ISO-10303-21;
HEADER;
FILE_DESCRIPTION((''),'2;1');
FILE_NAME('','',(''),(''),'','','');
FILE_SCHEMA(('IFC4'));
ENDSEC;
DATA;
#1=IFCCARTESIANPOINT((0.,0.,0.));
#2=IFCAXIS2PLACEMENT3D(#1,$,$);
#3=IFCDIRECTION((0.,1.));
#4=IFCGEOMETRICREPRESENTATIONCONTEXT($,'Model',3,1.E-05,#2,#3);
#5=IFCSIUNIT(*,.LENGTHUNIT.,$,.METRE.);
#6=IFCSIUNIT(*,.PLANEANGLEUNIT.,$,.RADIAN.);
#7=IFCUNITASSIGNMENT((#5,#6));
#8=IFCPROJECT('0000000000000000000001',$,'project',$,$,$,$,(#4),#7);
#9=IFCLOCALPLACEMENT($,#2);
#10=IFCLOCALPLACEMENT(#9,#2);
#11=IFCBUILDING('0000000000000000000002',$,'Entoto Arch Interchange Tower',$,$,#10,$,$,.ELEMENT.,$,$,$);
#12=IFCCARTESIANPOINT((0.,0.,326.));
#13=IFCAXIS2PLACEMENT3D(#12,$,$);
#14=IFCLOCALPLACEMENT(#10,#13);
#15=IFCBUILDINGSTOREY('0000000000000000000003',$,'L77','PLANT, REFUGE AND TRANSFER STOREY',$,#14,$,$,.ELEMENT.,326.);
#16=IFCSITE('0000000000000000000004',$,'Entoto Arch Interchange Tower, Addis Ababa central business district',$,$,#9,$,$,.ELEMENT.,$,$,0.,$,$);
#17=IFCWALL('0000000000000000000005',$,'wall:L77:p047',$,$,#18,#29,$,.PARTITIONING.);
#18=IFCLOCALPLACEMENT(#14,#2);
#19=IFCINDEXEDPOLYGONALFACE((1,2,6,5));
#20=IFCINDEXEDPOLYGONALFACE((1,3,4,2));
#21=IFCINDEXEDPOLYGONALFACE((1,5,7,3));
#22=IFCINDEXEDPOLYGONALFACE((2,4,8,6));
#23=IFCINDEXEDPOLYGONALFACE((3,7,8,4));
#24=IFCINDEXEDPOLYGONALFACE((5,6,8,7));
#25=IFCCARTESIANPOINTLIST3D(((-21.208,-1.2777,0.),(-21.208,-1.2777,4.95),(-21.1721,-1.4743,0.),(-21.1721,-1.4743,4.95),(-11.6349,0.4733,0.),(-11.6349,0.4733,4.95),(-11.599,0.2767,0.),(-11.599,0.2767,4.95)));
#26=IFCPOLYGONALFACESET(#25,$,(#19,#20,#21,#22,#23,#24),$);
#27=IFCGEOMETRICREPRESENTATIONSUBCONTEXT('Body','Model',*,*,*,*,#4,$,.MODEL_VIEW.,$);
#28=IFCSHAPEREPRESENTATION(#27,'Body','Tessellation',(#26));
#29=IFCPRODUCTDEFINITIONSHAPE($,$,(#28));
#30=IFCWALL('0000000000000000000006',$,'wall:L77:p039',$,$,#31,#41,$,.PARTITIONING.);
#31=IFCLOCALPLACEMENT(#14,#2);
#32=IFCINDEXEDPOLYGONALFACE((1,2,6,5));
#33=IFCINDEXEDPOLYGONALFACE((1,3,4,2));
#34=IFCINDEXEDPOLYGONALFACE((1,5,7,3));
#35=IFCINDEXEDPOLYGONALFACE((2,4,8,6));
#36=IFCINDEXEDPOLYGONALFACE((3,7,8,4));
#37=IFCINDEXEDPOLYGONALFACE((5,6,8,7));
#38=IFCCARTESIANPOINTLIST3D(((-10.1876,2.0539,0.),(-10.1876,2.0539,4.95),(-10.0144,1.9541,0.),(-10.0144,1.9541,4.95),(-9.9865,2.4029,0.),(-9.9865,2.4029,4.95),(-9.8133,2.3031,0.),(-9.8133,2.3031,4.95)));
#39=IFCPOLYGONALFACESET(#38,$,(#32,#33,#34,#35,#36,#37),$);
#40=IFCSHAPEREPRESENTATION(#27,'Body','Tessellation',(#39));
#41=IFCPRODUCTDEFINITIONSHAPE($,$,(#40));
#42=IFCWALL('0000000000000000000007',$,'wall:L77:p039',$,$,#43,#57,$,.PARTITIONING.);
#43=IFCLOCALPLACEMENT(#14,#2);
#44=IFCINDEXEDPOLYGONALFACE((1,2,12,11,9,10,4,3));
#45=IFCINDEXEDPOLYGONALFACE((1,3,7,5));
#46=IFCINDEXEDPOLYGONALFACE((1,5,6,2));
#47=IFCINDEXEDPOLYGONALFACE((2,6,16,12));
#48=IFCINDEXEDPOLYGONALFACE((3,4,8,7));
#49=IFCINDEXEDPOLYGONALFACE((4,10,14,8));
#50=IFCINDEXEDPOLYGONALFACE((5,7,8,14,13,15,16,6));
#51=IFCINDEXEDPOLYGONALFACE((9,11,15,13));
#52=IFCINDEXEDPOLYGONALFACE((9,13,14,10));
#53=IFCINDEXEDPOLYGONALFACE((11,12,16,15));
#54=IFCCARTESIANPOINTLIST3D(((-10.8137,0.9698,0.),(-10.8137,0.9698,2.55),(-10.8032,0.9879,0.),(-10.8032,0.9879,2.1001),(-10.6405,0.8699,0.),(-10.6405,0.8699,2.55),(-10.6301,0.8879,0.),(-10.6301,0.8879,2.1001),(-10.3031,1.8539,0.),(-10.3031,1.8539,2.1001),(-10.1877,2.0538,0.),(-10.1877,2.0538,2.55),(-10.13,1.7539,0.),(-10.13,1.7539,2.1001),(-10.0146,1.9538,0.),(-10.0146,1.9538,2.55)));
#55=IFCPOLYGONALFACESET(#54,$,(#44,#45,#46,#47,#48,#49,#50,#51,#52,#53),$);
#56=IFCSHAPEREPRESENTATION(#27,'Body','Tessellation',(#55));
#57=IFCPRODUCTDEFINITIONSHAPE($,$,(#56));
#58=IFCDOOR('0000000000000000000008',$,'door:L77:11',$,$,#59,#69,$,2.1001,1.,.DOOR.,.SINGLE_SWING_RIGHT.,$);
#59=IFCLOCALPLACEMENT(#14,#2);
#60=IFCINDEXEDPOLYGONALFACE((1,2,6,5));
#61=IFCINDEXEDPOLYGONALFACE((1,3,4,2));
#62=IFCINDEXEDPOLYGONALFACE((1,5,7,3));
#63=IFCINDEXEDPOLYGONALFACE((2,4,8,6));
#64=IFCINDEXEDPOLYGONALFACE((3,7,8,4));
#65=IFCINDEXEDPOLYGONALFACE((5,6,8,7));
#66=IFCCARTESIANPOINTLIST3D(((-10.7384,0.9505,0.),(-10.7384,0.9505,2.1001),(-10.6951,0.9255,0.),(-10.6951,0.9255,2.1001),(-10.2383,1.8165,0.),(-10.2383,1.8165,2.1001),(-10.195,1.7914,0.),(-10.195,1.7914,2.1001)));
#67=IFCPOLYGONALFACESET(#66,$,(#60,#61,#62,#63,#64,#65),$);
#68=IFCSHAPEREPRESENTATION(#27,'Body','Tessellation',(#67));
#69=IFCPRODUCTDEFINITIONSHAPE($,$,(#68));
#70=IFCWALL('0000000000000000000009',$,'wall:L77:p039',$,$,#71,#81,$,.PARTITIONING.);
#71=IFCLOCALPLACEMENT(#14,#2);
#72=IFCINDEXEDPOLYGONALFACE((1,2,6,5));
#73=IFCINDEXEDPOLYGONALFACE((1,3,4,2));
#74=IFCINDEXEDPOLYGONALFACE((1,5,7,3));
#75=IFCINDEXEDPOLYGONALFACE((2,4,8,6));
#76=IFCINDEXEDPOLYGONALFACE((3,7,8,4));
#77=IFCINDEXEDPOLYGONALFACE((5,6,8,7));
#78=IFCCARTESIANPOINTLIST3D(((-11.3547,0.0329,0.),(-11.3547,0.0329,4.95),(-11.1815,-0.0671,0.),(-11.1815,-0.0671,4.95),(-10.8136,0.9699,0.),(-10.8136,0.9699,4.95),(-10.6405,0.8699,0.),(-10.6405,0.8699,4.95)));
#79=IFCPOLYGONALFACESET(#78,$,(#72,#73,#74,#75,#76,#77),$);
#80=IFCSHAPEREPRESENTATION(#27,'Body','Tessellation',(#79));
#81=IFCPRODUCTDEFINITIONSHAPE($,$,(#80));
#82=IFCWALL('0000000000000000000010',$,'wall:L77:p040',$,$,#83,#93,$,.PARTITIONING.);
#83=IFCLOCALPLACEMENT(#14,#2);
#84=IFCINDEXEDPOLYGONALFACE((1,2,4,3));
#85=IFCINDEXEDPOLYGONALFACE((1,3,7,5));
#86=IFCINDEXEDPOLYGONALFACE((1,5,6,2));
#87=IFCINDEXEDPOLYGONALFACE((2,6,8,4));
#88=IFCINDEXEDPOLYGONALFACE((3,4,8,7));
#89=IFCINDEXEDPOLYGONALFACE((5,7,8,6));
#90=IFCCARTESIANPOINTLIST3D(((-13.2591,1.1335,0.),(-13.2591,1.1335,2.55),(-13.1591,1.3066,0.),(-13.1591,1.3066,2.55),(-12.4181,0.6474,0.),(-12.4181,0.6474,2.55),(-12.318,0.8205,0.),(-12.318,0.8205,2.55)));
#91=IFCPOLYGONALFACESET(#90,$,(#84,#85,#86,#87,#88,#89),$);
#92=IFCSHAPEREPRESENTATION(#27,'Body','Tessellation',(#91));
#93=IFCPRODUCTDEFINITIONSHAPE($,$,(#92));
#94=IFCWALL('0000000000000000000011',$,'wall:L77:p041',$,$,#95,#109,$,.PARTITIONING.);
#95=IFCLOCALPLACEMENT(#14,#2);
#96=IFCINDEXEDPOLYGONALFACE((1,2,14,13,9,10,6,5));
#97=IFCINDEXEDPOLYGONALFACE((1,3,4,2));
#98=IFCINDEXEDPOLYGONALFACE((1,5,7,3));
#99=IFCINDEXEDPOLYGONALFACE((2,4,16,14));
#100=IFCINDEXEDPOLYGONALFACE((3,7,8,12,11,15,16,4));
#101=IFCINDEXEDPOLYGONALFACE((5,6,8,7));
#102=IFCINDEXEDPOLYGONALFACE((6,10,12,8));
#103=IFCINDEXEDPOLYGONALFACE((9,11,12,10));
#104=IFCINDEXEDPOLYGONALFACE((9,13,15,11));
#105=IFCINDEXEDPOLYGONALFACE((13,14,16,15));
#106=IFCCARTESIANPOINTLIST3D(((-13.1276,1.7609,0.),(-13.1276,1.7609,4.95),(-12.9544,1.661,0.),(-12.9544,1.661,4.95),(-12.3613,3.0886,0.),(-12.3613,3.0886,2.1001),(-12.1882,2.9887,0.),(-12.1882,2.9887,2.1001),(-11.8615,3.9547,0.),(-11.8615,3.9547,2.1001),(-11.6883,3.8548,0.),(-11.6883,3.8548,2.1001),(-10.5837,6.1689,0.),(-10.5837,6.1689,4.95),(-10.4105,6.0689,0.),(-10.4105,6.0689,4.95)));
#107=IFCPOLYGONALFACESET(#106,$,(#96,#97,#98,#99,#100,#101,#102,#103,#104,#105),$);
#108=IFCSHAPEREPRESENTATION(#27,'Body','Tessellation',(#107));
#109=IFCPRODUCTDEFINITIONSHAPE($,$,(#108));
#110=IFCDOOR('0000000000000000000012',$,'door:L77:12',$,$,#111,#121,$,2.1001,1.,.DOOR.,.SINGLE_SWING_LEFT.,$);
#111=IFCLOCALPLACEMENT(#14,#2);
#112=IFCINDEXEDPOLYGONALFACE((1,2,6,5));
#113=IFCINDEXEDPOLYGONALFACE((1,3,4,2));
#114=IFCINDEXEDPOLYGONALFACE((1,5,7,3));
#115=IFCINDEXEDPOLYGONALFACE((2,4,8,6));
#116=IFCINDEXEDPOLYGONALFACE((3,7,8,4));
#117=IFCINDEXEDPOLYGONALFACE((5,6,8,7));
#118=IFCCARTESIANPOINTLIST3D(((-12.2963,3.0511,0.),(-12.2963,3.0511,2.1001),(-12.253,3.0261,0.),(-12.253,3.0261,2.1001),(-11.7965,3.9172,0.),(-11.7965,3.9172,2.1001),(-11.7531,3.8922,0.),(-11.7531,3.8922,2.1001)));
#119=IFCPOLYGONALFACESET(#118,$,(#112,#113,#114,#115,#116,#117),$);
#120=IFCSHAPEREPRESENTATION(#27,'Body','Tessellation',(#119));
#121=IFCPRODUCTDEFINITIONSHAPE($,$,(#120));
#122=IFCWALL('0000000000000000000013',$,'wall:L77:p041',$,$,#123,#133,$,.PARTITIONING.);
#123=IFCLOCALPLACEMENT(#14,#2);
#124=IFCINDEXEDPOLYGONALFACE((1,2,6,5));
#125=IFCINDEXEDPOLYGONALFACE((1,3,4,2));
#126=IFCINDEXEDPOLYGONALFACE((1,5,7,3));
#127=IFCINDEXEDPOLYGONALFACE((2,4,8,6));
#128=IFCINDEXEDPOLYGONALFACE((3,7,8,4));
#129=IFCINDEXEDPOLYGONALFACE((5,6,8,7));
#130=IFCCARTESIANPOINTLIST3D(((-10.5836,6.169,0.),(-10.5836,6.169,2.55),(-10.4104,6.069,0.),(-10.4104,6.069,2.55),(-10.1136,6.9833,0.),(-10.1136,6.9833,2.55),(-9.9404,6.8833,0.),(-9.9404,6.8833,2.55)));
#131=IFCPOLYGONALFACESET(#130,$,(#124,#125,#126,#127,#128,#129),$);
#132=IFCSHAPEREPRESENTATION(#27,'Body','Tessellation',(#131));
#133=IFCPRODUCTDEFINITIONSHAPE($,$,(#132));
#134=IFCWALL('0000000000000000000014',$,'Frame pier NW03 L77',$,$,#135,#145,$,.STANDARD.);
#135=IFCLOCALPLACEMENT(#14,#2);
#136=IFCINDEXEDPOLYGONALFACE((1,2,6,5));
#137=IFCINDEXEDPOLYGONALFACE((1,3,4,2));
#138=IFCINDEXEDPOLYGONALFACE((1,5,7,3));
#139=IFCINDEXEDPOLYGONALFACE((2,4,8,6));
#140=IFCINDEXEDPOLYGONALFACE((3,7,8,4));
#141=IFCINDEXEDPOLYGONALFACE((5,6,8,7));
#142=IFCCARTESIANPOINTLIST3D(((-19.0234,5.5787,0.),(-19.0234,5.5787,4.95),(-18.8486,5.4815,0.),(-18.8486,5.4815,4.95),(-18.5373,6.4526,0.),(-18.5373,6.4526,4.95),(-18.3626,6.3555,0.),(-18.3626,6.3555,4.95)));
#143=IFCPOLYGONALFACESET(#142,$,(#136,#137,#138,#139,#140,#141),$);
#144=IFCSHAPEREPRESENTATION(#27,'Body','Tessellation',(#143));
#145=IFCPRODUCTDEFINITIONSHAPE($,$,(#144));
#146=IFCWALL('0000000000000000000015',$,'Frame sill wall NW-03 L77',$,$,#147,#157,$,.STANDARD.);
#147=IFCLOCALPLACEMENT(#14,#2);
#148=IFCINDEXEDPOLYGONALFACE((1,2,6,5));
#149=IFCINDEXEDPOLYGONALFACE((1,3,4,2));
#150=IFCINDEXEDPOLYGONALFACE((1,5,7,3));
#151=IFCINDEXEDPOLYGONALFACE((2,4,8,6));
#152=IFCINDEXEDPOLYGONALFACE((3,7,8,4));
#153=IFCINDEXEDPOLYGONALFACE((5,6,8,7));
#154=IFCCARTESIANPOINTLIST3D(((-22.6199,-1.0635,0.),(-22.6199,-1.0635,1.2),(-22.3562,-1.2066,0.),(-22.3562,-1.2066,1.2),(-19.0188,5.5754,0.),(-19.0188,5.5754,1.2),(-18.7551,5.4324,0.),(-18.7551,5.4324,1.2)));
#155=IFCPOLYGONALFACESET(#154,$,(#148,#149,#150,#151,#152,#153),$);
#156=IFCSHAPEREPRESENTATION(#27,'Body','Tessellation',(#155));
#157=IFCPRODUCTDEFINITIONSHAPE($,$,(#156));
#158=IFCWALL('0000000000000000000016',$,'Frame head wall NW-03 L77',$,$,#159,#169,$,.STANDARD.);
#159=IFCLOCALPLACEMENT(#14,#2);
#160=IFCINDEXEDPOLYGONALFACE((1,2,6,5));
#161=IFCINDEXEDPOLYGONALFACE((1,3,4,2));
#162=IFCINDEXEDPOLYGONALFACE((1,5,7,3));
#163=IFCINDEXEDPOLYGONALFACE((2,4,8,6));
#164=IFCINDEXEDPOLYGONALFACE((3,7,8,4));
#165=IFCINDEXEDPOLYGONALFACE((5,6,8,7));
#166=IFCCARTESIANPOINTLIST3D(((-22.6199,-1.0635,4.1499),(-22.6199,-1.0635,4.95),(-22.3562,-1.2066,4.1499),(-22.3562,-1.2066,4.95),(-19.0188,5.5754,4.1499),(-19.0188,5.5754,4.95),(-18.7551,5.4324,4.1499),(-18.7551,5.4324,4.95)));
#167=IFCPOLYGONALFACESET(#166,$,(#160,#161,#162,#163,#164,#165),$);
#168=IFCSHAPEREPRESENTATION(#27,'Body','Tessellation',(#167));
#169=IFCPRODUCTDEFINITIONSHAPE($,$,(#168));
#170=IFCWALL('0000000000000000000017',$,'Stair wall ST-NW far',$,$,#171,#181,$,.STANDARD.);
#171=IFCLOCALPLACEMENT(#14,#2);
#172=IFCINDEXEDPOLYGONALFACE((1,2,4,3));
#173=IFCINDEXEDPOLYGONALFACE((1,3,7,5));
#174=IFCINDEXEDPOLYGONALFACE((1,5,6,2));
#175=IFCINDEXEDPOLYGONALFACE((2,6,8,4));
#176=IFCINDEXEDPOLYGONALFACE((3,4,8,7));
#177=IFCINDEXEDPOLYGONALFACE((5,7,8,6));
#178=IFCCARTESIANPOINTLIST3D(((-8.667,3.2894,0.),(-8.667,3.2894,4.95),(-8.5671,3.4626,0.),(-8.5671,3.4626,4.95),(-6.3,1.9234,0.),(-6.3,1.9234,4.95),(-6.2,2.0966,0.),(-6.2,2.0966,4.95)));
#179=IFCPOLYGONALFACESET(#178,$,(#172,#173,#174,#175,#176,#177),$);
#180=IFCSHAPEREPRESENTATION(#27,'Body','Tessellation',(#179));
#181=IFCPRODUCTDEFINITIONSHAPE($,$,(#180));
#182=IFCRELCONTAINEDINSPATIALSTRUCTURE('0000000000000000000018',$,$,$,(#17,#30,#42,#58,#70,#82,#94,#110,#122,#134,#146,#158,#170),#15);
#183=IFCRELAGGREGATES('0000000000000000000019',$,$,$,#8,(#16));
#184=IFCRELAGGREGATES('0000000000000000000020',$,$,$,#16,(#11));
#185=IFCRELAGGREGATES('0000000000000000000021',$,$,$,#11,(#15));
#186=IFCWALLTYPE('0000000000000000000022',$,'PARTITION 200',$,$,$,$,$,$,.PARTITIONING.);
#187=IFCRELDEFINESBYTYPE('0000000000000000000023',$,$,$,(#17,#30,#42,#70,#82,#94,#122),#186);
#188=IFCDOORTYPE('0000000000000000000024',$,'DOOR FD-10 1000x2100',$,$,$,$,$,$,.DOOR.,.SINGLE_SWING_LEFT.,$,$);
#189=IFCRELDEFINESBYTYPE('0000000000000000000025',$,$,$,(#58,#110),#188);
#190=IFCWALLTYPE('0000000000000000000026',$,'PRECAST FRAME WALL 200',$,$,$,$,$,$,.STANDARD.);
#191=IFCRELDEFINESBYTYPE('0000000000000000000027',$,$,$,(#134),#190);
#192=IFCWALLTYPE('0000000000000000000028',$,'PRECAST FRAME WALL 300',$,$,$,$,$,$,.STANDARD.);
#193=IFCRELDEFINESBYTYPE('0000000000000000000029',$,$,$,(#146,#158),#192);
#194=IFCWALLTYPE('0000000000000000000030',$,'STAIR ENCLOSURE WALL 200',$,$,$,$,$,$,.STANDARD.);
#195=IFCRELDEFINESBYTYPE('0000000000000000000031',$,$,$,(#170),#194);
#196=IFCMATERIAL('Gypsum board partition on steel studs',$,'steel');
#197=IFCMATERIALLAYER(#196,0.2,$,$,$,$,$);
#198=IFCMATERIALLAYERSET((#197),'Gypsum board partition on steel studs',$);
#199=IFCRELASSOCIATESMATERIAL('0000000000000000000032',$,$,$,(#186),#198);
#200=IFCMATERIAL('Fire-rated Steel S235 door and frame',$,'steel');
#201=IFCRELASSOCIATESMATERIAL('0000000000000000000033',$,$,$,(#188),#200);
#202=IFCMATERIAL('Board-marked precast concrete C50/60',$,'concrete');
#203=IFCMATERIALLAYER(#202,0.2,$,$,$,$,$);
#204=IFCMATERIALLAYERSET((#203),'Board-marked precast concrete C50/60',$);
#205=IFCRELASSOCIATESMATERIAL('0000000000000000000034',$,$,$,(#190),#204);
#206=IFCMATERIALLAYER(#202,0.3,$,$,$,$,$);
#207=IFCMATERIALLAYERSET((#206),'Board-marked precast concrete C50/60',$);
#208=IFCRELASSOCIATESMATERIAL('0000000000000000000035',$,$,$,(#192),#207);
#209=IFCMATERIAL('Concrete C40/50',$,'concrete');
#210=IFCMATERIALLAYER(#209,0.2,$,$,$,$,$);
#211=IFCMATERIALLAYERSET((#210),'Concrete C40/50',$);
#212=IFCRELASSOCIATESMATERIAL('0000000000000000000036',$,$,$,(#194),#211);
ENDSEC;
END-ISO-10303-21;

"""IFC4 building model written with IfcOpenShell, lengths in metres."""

from ifc_helpers import new_model, si_unit, direction, frame, frame_2d, origin, place, context, subcontext, project, spatial, rectangle, extrude, material, layer, layer_set, type_object, element, fill, save


model = new_model("IFC4")

# Units and contexts
model_context = context("Model", 3, precision=1e-05, world=origin(), true_north=direction((0.0, 1.0)))
body_context = subcontext(model_context, "Body", "Model", "MODEL_VIEW")
ifc_project = project(units=[si_unit("LENGTHUNIT", "METRE"), si_unit("PLANEANGLEUNIT", "RADIAN")], contexts=[model_context])

# Site, building, storey
site_placement = place(None, origin())
site = spatial("IfcSite", under=ifc_project, at=site_placement, Name="Entoto Arch Interchange Tower, Addis Ababa central business district", CompositionType="ELEMENT", RefElevation=0.0)
building_placement = place(site_placement, origin())
building = spatial("IfcBuilding", under=site, at=building_placement, Name="Entoto Arch Interchange Tower", CompositionType="ELEMENT")
storey_placement = place(building_placement, frame((0.0, 0.0, 326.0)))
storey = spatial("IfcBuildingStorey", under=building, at=storey_placement, Name="L77", Description="PLANT, REFUGE AND TRANSFER STOREY", CompositionType="ELEMENT", Elevation=326.0)

# Shared definitions
ifc_material_1 = material(Name="Concrete C40/50", Category="concrete")

# Shared definitions
ifc_material_2 = material(Name="Fire-rated Steel S235 door and frame", Category="steel")

# Walls
ifc_material_3 = material(Name="Gypsum board partition on steel studs", Category="steel")
ifc_layer_1 = layer(ifc_material_3, 0.2)
ifc_layer_set_1 = layer_set([ifc_layer_1], Name="Gypsum board partition on steel studs")
wall_type_1 = type_object("IfcWallType", Name="PARTITION 200", PredefinedType="PARTITIONING", material=ifc_layer_set_1)
wall_1_placement = place(storey_placement, frame((-11.6169, 0.375, 0.0), z_axis=(0.0, 0.0, 1.0), x_axis=(-0.983681, -0.179923, 0.0)))
element("IfcWall", 1, at=wall_1_placement, inside=storey, type_object=wall_type_1, Name="wall:L77:p047", PredefinedType="PARTITIONING", context=body_context, shape_type="SweptSolid", body=[
    extrude(rectangle(XDim=9.7319, YDim=0.2, at=frame_2d((4.866, 0.0))), origin(), (0.0, 0.0, 1.0), 4.95),
])
wall_2_placement = place(storey_placement, frame((-9.8999, 2.353, 0.0), z_axis=(0.0, 0.0, 1.0), x_axis=(-0.499268, -0.866448, 0.0)))
element("IfcWall", 2, at=wall_2_placement, inside=storey, type_object=wall_type_1, Name="wall:L77:p039", PredefinedType="PARTITIONING", context=body_context, shape_type="SweptSolid", body=[
    extrude(rectangle(XDim=0.4028, YDim=0.2, at=frame_2d((0.2014, 0.0))), origin(), (0.0, 0.0, 1.0), 4.95),
])

# Wall, opening, door
wall_3_placement = place(storey_placement, frame((-10.1011, 2.0039, 0.0), z_axis=(0.0, 0.0, 1.0), x_axis=(-0.500083, -0.865978, 0.0)))
wall_3 = element("IfcWall", 3, at=wall_3_placement, inside=storey, type_object=wall_type_1, Name="wall:L77:p039", PredefinedType="PARTITIONING", context=body_context, shape_type="SweptSolid", body=[
    extrude(rectangle(XDim=1.2517, YDim=0.2, at=frame_2d((0.626, 0.0))), origin(), (0.0, 0.0, 1.0), 2.55),
])
opening_1_placement = place(wall_3_placement, frame((0.231, 0.0, 0.0)))
opening_1 = element("IfcOpeningElement", 4, at=opening_1_placement, cuts=wall_3, PredefinedType="OPENING", context=body_context, shape_type="SweptSolid", body=[
    extrude(rectangle(XDim=1.0, YDim=2.1001, at=frame_2d((0.5, 1.05))), frame((0.0, 0.1099, 0.0), z_axis=(0.0, -1.0, 0.0), x_axis=(1.0, 0.0, 0.0)), (0.0, 0.0, 1.0), 0.22),
])
door_type_1 = type_object("IfcDoorType", Name="DOOR FD-10 1000x2100", OperationType="SINGLE_SWING_LEFT", PredefinedType="DOOR", material=ifc_material_2)
door_1_placement = place(opening_1_placement, origin())
door_1 = element("IfcDoor", 5, at=door_1_placement, inside=storey, type_object=door_type_1, Name="door:L77:11", OperationType="SINGLE_SWING_RIGHT", OverallHeight=2.1001, OverallWidth=1.0, PredefinedType="DOOR", context=body_context, shape_type="SweptSolid", body=[
    extrude(rectangle(XDim=1.0, YDim=2.1001, at=frame_2d((0.5, 1.05))), frame((0.0, 0.0249, 0.0), z_axis=(0.0, -1.0, 0.0), x_axis=(1.0, 0.0, 0.0)), (0.0, 0.0, 1.0), 0.05),
])
fill(opening_1, door_1)

# Walls
wall_4_placement = place(storey_placement, frame((-10.7271, 0.9199, 0.0), z_axis=(0.0, 0.0, 1.0), x_axis=(-0.500022, -0.866013, 0.0)))
element("IfcWall", 6, at=wall_4_placement, inside=storey, type_object=wall_type_1, Name="wall:L77:p039", PredefinedType="PARTITIONING", context=body_context, shape_type="SweptSolid", body=[
    extrude(rectangle(XDim=1.082, YDim=0.2, at=frame_2d((0.541, 0.0))), origin(), (0.0, 0.0, 1.0), 4.95),
])
wall_5_placement = place(storey_placement, frame((-12.3679, 0.7339, 0.0), z_axis=(0.0, 0.0, 1.0), x_axis=(-0.865805, 0.500382, 0.0)))
element("IfcWall", 7, at=wall_5_placement, inside=storey, type_object=wall_type_1, Name="wall:L77:p040", PredefinedType="PARTITIONING", context=body_context, shape_type="SweptSolid", body=[
    extrude(rectangle(XDim=0.9714, YDim=0.2, at=frame_2d((0.4858, 0.0))), origin(), (0.0, 0.0, 1.0), 2.55),
])

# Wall, opening, door
wall_6_placement = place(storey_placement, frame((-13.041, 1.7109, 0.0), z_axis=(0.0, 0.0, 1.0), x_axis=(0.499854, 0.86611, 0.0)))
wall_6 = element("IfcWall", 8, at=wall_6_placement, inside=storey, type_object=wall_type_1, Name="wall:L77:p041", PredefinedType="PARTITIONING", context=body_context, shape_type="SweptSolid", body=[
    extrude(rectangle(XDim=5.0894, YDim=0.2, at=frame_2d((2.5447, 0.0))), origin(), (0.0, 0.0, 1.0), 4.95),
])
opening_2_placement = place(wall_6_placement, frame((1.533, 0.0, 0.0)))
opening_2 = element("IfcOpeningElement", 9, at=opening_2_placement, cuts=wall_6, PredefinedType="OPENING", context=body_context, shape_type="SweptSolid", body=[
    extrude(rectangle(XDim=1.0, YDim=2.1001, at=frame_2d((0.5, 1.05))), frame((0.0, 0.1099, 0.0), z_axis=(0.0, -1.0, 0.0), x_axis=(1.0, 0.0, 0.0)), (0.0, 0.0, 1.0), 0.22),
])
door_2_placement = place(opening_2_placement, origin())
door_2 = element("IfcDoor", 10, at=door_2_placement, inside=storey, type_object=door_type_1, Name="door:L77:12", OperationType="SINGLE_SWING_LEFT", OverallHeight=2.1001, OverallWidth=1.0, PredefinedType="DOOR", context=body_context, shape_type="SweptSolid", body=[
    extrude(rectangle(XDim=1.0, YDim=2.1001, at=frame_2d((0.5, 1.05))), frame((0.0, 0.0249, 0.0), z_axis=(0.0, -1.0, 0.0), x_axis=(1.0, 0.0, 0.0)), (0.0, 0.0, 1.0), 0.05),
])
fill(opening_2, door_2)

# Walls
wall_7_placement = place(storey_placement, frame((-10.4971, 6.1189, 0.0), z_axis=(0.0, 0.0, 1.0), x_axis=(0.49991, 0.866077, 0.0)))
element("IfcWall", 11, at=wall_7_placement, inside=storey, type_object=wall_type_1, Name="wall:L77:p041", PredefinedType="PARTITIONING", context=body_context, shape_type="SweptSolid", body=[
    extrude(rectangle(XDim=0.9402, YDim=0.2, at=frame_2d((0.4702, 0.0))), origin(), (0.0, 0.0, 1.0), 2.55),
])
ifc_material_4 = material(Name="Board-marked precast concrete C50/60", Category="concrete")
ifc_layer_2 = layer(ifc_material_4, 0.2)
ifc_layer_set_2 = layer_set([ifc_layer_2], Name="Board-marked precast concrete C50/60")
wall_type_2 = type_object("IfcWallType", Name="PRECAST FRAME WALL 200", PredefinedType="STANDARD", material=ifc_layer_set_2)
wall_8_placement = place(storey_placement, frame((-18.45, 6.4041, 0.0), z_axis=(0.0, 0.0, 1.0), x_axis=(-0.486037, -0.873938, 0.0)))
element("IfcWall", 12, at=wall_8_placement, inside=storey, type_object=wall_type_2, Name="Frame pier NW03 L77", PredefinedType="STANDARD", context=body_context, shape_type="SweptSolid", body=[
    extrude(rectangle(XDim=1.0, YDim=0.2, at=frame_2d((0.5, 0.0))), origin(), (0.0, 0.0, 1.0), 4.95),
])
ifc_layer_3 = layer(ifc_material_4, 0.3)
ifc_layer_set_3 = layer_set([ifc_layer_3], Name="Board-marked precast concrete C50/60")
wall_type_3 = type_object("IfcWallType", Name="PRECAST FRAME WALL 300", PredefinedType="STANDARD", material=ifc_layer_set_3)
wall_9_placement = place(storey_placement, frame((-18.887, 5.5039, 0.0), z_axis=(0.0, 0.0, 1.0), x_axis=(-0.476794, -0.879015, 0.0)))
element("IfcWall", 13, at=wall_9_placement, inside=storey, type_object=wall_type_3, Name="Frame sill wall NW-03 L77", PredefinedType="STANDARD", context=body_context, shape_type="SweptSolid", body=[
    extrude(rectangle(XDim=7.5527, YDim=0.3, at=frame_2d((3.7764, 0.0))), origin(), (0.0, 0.0, 1.0), 1.2),
])
wall_10_placement = place(storey_placement, frame((-18.887, 5.5039, 4.1499), z_axis=(0.0, 0.0, 1.0), x_axis=(-0.476794, -0.879015, 0.0)))
element("IfcWall", 14, at=wall_10_placement, inside=storey, type_object=wall_type_3, Name="Frame head wall NW-03 L77", PredefinedType="STANDARD", context=body_context, shape_type="SweptSolid", body=[
    extrude(rectangle(XDim=7.5527, YDim=0.3, at=frame_2d((3.7764, 0.0))), origin(), (0.0, 0.0, 1.0), 0.8),
])
ifc_layer_4 = layer(ifc_material_1, 0.2)
ifc_layer_set_4 = layer_set([ifc_layer_4], Name="Concrete C40/50")
wall_type_4 = type_object("IfcWallType", Name="STAIR ENCLOSURE WALL 200", PredefinedType="STANDARD", material=ifc_layer_set_4)
wall_11_placement = place(storey_placement, frame((-6.25, 2.01, 0.0), z_axis=(0.0, 0.0, 1.0), x_axis=(-0.866119, 0.499838, 0.0)))
element("IfcWall", 15, at=wall_11_placement, inside=storey, type_object=wall_type_4, Name="Stair wall ST-NW far", PredefinedType="STANDARD", context=body_context, shape_type="SweptSolid", body=[
    extrude(rectangle(XDim=2.7329, YDim=0.2, at=frame_2d((1.3665, 0.0))), origin(), (0.0, 0.0, 1.0), 4.95),
])

save(model, "model.ifc")
